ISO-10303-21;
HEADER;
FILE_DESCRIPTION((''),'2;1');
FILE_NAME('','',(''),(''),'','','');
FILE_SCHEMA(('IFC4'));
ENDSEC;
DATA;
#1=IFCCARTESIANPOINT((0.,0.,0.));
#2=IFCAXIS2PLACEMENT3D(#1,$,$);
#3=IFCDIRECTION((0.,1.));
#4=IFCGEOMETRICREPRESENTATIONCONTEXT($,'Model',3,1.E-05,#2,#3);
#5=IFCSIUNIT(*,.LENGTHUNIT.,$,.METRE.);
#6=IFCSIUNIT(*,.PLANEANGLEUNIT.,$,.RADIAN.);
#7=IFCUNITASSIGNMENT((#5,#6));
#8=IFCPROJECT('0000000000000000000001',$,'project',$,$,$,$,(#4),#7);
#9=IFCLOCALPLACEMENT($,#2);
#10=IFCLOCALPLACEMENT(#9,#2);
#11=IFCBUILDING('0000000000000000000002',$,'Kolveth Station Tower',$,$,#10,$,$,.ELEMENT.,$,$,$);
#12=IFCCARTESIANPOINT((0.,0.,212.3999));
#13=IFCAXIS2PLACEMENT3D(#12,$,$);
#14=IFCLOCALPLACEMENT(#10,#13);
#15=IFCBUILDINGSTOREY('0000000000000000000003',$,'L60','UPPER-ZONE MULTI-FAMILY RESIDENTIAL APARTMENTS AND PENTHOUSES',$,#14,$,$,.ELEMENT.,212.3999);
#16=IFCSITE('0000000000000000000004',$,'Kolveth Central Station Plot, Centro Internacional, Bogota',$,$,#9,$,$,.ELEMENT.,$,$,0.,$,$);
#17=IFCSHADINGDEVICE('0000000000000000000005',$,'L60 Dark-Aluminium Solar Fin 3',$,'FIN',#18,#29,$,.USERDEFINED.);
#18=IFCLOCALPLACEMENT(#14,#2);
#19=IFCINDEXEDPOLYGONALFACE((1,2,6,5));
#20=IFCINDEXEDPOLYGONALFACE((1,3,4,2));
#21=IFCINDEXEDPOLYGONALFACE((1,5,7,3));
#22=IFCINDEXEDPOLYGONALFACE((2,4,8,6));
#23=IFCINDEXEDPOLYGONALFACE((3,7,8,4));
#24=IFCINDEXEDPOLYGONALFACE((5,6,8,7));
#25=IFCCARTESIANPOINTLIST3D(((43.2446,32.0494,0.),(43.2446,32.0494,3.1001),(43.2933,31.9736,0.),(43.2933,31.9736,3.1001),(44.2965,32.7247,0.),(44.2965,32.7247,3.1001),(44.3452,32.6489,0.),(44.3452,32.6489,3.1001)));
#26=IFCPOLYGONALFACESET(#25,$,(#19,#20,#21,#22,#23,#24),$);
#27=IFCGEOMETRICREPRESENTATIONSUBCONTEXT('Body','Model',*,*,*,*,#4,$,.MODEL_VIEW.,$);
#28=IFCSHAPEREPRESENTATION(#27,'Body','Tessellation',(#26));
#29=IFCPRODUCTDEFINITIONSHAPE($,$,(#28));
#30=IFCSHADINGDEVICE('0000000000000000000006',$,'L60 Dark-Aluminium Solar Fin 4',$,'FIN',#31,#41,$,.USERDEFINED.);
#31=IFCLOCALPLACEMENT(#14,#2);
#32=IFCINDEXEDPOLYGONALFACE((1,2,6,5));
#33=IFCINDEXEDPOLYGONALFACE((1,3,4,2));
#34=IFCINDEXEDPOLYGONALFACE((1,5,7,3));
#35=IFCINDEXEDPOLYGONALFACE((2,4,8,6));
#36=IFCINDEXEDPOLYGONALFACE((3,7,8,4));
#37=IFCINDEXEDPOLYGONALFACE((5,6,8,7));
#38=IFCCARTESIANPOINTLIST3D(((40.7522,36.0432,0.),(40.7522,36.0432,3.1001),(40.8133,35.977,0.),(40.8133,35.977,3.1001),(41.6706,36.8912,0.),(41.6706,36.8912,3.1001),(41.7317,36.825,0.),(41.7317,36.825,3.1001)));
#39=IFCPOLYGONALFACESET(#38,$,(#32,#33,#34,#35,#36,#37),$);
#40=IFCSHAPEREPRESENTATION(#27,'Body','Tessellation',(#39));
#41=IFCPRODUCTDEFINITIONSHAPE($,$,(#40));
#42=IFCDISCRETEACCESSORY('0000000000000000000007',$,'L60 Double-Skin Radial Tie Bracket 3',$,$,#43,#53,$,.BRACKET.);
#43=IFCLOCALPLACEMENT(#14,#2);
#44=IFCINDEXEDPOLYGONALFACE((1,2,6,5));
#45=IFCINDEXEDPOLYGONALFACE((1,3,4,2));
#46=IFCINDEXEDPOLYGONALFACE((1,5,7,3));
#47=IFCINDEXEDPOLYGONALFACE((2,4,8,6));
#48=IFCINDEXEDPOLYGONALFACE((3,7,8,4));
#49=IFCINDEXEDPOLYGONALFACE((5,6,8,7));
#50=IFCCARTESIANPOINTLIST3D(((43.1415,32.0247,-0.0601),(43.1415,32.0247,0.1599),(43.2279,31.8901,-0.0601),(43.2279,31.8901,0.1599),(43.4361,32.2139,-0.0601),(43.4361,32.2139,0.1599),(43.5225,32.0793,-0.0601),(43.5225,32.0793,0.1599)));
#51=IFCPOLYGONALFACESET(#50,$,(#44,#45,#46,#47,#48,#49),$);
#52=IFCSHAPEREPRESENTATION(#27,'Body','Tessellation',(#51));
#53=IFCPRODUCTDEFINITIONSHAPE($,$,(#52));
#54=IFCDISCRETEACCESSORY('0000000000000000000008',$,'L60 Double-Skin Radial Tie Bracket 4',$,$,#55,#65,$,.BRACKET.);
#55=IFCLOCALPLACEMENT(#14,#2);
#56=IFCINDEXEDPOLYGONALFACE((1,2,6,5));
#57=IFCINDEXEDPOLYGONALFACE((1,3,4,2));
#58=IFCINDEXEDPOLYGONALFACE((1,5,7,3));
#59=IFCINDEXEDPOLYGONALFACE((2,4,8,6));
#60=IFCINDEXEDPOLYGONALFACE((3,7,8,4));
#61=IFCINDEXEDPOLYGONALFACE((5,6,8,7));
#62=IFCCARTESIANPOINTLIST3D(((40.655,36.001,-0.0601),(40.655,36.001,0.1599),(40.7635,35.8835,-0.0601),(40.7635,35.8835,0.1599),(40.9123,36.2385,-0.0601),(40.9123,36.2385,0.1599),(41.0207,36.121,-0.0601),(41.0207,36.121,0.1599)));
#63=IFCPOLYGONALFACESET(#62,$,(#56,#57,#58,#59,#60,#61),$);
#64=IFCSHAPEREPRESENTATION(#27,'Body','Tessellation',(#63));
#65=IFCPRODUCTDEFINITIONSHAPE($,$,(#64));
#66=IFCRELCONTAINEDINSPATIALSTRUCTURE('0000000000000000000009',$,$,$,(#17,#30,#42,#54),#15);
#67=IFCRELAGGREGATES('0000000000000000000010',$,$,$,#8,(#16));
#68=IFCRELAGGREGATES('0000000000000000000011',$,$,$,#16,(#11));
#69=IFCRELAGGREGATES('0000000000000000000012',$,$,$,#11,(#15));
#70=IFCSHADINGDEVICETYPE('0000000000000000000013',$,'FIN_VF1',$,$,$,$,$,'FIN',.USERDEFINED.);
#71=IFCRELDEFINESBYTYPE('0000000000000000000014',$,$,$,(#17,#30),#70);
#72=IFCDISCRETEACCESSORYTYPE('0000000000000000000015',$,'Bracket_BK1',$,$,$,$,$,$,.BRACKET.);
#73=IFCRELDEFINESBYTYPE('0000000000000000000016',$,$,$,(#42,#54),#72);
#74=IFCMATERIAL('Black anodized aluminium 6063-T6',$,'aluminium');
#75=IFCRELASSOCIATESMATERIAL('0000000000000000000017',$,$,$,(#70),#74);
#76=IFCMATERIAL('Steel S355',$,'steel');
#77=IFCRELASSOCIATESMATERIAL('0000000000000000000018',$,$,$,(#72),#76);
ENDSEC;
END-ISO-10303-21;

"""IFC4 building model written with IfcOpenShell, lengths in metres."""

from ifc_helpers import new_model, si_unit, direction, frame, origin, origin_2d, place, context, subcontext, project, spatial, rectangle, extrude, source, transform, mapped, material, type_object, element, save


model = new_model("IFC4")

# Units and contexts
model_context = context("Model", 3, precision=1e-05, world=origin(), true_north=direction((0.0, 1.0)))
body_context = subcontext(model_context, "Body", "Model", "MODEL_VIEW")
ifc_project = project(units=[si_unit("LENGTHUNIT", "METRE"), si_unit("PLANEANGLEUNIT", "RADIAN")], contexts=[model_context])

# Site, building, storey
site_placement = place(None, origin())
site = spatial("IfcSite", under=ifc_project, at=site_placement, Name="Kolveth Central Station Plot, Centro Internacional, Bogota", CompositionType="ELEMENT", RefElevation=0.0)
building_placement = place(site_placement, origin())
building = spatial("IfcBuilding", under=site, at=building_placement, Name="Kolveth Station Tower", CompositionType="ELEMENT")
storey_placement = place(building_placement, frame((0.0, 0.0, 212.3999)))
storey = spatial("IfcBuildingStorey", under=building, at=storey_placement, Name="L60", Description="UPPER-ZONE MULTI-FAMILY RESIDENTIAL APARTMENTS AND PENTHOUSES", CompositionType="ELEMENT", Elevation=212.3999)

# Shared definitions
ifc_material_1 = material(Name="Steel S355", Category="steel")

# Shared definitions
ifc_material_2 = material(Name="Black anodized aluminium 6063-T6", Category="aluminium")

# Shading devices
shading_device_type = type_object("IfcShadingDeviceType", Name="FIN_VF1", ElementType="FIN", PredefinedType="USERDEFINED", material=ifc_material_2)
shared_shape_1 = source(origin(), body_context, "Body", "SweptSolid", [
    extrude(rectangle(XDim=1.25, YDim=0.0901, at=origin_2d()), origin(), (0.0, 0.0, 1.0), 3.1001),
])
for number, where, z_axis, x_axis, name in (
    (1, (43.7949, 32.3491, 0.0), (0.0, 0.0, 1.0), (0.841511, 0.54024, 0.0), "L60 Dark-Aluminium Solar Fin 3"),
    (2, (41.2419, 36.4341, 0.0), (0.0, 0.0, 1.0), (0.734678, 0.678416, 0.0), "L60 Dark-Aluminium Solar Fin 4"),
):
    element("IfcShadingDevice", number, at=place(storey_placement, frame(where, z_axis=z_axis, x_axis=x_axis)), inside=storey, type_object=shading_device_type, Name=name, ObjectType="FIN", PredefinedType="USERDEFINED", context=body_context, shape_type="MappedRepresentation", body=[
        mapped(shared_shape_1, transform((0.0, 0.0, 0.0), x_axis=(1.0, 0.0, 0.0), y_axis=(0.0, 1.0, 0.0), z_axis=(0.0, 0.0, 1.0), scale=1.0)),
    ])

# Discrete accessories
discrete_accessory_type = type_object("IfcDiscreteAccessoryType", Name="Bracket_BK1", PredefinedType="BRACKET", material=ifc_material_1)
shared_shape_2 = source(origin(), body_context, "Body", "SweptSolid", [
    extrude(rectangle(XDim=0.3501, YDim=0.1599, at=origin_2d()), origin(), (0.0, 0.0, 1.0), 0.22),
])
for number, where, z_axis, x_axis, name in (
    (3, (43.332, 32.052, -0.0601), (0.0, 0.0, 1.0), (0.841511, 0.54024, 0.0), "L60 Double-Skin Radial Tie Bracket 3"),
    (4, (40.8379, 36.061, -0.0601), (0.0, 0.0, 1.0), (0.734678, 0.678416, 0.0), "L60 Double-Skin Radial Tie Bracket 4"),
):
    element("IfcDiscreteAccessory", number, at=place(storey_placement, frame(where, z_axis=z_axis, x_axis=x_axis)), inside=storey, type_object=discrete_accessory_type, Name=name, PredefinedType="BRACKET", context=body_context, shape_type="MappedRepresentation", body=[
        mapped(shared_shape_2, transform((0.0, 0.0, 0.0), x_axis=(1.0, 0.0, 0.0), y_axis=(0.0, 1.0, 0.0), z_axis=(0.0, 0.0, 1.0), scale=1.0)),
    ])

save(model, "model.ifc")
